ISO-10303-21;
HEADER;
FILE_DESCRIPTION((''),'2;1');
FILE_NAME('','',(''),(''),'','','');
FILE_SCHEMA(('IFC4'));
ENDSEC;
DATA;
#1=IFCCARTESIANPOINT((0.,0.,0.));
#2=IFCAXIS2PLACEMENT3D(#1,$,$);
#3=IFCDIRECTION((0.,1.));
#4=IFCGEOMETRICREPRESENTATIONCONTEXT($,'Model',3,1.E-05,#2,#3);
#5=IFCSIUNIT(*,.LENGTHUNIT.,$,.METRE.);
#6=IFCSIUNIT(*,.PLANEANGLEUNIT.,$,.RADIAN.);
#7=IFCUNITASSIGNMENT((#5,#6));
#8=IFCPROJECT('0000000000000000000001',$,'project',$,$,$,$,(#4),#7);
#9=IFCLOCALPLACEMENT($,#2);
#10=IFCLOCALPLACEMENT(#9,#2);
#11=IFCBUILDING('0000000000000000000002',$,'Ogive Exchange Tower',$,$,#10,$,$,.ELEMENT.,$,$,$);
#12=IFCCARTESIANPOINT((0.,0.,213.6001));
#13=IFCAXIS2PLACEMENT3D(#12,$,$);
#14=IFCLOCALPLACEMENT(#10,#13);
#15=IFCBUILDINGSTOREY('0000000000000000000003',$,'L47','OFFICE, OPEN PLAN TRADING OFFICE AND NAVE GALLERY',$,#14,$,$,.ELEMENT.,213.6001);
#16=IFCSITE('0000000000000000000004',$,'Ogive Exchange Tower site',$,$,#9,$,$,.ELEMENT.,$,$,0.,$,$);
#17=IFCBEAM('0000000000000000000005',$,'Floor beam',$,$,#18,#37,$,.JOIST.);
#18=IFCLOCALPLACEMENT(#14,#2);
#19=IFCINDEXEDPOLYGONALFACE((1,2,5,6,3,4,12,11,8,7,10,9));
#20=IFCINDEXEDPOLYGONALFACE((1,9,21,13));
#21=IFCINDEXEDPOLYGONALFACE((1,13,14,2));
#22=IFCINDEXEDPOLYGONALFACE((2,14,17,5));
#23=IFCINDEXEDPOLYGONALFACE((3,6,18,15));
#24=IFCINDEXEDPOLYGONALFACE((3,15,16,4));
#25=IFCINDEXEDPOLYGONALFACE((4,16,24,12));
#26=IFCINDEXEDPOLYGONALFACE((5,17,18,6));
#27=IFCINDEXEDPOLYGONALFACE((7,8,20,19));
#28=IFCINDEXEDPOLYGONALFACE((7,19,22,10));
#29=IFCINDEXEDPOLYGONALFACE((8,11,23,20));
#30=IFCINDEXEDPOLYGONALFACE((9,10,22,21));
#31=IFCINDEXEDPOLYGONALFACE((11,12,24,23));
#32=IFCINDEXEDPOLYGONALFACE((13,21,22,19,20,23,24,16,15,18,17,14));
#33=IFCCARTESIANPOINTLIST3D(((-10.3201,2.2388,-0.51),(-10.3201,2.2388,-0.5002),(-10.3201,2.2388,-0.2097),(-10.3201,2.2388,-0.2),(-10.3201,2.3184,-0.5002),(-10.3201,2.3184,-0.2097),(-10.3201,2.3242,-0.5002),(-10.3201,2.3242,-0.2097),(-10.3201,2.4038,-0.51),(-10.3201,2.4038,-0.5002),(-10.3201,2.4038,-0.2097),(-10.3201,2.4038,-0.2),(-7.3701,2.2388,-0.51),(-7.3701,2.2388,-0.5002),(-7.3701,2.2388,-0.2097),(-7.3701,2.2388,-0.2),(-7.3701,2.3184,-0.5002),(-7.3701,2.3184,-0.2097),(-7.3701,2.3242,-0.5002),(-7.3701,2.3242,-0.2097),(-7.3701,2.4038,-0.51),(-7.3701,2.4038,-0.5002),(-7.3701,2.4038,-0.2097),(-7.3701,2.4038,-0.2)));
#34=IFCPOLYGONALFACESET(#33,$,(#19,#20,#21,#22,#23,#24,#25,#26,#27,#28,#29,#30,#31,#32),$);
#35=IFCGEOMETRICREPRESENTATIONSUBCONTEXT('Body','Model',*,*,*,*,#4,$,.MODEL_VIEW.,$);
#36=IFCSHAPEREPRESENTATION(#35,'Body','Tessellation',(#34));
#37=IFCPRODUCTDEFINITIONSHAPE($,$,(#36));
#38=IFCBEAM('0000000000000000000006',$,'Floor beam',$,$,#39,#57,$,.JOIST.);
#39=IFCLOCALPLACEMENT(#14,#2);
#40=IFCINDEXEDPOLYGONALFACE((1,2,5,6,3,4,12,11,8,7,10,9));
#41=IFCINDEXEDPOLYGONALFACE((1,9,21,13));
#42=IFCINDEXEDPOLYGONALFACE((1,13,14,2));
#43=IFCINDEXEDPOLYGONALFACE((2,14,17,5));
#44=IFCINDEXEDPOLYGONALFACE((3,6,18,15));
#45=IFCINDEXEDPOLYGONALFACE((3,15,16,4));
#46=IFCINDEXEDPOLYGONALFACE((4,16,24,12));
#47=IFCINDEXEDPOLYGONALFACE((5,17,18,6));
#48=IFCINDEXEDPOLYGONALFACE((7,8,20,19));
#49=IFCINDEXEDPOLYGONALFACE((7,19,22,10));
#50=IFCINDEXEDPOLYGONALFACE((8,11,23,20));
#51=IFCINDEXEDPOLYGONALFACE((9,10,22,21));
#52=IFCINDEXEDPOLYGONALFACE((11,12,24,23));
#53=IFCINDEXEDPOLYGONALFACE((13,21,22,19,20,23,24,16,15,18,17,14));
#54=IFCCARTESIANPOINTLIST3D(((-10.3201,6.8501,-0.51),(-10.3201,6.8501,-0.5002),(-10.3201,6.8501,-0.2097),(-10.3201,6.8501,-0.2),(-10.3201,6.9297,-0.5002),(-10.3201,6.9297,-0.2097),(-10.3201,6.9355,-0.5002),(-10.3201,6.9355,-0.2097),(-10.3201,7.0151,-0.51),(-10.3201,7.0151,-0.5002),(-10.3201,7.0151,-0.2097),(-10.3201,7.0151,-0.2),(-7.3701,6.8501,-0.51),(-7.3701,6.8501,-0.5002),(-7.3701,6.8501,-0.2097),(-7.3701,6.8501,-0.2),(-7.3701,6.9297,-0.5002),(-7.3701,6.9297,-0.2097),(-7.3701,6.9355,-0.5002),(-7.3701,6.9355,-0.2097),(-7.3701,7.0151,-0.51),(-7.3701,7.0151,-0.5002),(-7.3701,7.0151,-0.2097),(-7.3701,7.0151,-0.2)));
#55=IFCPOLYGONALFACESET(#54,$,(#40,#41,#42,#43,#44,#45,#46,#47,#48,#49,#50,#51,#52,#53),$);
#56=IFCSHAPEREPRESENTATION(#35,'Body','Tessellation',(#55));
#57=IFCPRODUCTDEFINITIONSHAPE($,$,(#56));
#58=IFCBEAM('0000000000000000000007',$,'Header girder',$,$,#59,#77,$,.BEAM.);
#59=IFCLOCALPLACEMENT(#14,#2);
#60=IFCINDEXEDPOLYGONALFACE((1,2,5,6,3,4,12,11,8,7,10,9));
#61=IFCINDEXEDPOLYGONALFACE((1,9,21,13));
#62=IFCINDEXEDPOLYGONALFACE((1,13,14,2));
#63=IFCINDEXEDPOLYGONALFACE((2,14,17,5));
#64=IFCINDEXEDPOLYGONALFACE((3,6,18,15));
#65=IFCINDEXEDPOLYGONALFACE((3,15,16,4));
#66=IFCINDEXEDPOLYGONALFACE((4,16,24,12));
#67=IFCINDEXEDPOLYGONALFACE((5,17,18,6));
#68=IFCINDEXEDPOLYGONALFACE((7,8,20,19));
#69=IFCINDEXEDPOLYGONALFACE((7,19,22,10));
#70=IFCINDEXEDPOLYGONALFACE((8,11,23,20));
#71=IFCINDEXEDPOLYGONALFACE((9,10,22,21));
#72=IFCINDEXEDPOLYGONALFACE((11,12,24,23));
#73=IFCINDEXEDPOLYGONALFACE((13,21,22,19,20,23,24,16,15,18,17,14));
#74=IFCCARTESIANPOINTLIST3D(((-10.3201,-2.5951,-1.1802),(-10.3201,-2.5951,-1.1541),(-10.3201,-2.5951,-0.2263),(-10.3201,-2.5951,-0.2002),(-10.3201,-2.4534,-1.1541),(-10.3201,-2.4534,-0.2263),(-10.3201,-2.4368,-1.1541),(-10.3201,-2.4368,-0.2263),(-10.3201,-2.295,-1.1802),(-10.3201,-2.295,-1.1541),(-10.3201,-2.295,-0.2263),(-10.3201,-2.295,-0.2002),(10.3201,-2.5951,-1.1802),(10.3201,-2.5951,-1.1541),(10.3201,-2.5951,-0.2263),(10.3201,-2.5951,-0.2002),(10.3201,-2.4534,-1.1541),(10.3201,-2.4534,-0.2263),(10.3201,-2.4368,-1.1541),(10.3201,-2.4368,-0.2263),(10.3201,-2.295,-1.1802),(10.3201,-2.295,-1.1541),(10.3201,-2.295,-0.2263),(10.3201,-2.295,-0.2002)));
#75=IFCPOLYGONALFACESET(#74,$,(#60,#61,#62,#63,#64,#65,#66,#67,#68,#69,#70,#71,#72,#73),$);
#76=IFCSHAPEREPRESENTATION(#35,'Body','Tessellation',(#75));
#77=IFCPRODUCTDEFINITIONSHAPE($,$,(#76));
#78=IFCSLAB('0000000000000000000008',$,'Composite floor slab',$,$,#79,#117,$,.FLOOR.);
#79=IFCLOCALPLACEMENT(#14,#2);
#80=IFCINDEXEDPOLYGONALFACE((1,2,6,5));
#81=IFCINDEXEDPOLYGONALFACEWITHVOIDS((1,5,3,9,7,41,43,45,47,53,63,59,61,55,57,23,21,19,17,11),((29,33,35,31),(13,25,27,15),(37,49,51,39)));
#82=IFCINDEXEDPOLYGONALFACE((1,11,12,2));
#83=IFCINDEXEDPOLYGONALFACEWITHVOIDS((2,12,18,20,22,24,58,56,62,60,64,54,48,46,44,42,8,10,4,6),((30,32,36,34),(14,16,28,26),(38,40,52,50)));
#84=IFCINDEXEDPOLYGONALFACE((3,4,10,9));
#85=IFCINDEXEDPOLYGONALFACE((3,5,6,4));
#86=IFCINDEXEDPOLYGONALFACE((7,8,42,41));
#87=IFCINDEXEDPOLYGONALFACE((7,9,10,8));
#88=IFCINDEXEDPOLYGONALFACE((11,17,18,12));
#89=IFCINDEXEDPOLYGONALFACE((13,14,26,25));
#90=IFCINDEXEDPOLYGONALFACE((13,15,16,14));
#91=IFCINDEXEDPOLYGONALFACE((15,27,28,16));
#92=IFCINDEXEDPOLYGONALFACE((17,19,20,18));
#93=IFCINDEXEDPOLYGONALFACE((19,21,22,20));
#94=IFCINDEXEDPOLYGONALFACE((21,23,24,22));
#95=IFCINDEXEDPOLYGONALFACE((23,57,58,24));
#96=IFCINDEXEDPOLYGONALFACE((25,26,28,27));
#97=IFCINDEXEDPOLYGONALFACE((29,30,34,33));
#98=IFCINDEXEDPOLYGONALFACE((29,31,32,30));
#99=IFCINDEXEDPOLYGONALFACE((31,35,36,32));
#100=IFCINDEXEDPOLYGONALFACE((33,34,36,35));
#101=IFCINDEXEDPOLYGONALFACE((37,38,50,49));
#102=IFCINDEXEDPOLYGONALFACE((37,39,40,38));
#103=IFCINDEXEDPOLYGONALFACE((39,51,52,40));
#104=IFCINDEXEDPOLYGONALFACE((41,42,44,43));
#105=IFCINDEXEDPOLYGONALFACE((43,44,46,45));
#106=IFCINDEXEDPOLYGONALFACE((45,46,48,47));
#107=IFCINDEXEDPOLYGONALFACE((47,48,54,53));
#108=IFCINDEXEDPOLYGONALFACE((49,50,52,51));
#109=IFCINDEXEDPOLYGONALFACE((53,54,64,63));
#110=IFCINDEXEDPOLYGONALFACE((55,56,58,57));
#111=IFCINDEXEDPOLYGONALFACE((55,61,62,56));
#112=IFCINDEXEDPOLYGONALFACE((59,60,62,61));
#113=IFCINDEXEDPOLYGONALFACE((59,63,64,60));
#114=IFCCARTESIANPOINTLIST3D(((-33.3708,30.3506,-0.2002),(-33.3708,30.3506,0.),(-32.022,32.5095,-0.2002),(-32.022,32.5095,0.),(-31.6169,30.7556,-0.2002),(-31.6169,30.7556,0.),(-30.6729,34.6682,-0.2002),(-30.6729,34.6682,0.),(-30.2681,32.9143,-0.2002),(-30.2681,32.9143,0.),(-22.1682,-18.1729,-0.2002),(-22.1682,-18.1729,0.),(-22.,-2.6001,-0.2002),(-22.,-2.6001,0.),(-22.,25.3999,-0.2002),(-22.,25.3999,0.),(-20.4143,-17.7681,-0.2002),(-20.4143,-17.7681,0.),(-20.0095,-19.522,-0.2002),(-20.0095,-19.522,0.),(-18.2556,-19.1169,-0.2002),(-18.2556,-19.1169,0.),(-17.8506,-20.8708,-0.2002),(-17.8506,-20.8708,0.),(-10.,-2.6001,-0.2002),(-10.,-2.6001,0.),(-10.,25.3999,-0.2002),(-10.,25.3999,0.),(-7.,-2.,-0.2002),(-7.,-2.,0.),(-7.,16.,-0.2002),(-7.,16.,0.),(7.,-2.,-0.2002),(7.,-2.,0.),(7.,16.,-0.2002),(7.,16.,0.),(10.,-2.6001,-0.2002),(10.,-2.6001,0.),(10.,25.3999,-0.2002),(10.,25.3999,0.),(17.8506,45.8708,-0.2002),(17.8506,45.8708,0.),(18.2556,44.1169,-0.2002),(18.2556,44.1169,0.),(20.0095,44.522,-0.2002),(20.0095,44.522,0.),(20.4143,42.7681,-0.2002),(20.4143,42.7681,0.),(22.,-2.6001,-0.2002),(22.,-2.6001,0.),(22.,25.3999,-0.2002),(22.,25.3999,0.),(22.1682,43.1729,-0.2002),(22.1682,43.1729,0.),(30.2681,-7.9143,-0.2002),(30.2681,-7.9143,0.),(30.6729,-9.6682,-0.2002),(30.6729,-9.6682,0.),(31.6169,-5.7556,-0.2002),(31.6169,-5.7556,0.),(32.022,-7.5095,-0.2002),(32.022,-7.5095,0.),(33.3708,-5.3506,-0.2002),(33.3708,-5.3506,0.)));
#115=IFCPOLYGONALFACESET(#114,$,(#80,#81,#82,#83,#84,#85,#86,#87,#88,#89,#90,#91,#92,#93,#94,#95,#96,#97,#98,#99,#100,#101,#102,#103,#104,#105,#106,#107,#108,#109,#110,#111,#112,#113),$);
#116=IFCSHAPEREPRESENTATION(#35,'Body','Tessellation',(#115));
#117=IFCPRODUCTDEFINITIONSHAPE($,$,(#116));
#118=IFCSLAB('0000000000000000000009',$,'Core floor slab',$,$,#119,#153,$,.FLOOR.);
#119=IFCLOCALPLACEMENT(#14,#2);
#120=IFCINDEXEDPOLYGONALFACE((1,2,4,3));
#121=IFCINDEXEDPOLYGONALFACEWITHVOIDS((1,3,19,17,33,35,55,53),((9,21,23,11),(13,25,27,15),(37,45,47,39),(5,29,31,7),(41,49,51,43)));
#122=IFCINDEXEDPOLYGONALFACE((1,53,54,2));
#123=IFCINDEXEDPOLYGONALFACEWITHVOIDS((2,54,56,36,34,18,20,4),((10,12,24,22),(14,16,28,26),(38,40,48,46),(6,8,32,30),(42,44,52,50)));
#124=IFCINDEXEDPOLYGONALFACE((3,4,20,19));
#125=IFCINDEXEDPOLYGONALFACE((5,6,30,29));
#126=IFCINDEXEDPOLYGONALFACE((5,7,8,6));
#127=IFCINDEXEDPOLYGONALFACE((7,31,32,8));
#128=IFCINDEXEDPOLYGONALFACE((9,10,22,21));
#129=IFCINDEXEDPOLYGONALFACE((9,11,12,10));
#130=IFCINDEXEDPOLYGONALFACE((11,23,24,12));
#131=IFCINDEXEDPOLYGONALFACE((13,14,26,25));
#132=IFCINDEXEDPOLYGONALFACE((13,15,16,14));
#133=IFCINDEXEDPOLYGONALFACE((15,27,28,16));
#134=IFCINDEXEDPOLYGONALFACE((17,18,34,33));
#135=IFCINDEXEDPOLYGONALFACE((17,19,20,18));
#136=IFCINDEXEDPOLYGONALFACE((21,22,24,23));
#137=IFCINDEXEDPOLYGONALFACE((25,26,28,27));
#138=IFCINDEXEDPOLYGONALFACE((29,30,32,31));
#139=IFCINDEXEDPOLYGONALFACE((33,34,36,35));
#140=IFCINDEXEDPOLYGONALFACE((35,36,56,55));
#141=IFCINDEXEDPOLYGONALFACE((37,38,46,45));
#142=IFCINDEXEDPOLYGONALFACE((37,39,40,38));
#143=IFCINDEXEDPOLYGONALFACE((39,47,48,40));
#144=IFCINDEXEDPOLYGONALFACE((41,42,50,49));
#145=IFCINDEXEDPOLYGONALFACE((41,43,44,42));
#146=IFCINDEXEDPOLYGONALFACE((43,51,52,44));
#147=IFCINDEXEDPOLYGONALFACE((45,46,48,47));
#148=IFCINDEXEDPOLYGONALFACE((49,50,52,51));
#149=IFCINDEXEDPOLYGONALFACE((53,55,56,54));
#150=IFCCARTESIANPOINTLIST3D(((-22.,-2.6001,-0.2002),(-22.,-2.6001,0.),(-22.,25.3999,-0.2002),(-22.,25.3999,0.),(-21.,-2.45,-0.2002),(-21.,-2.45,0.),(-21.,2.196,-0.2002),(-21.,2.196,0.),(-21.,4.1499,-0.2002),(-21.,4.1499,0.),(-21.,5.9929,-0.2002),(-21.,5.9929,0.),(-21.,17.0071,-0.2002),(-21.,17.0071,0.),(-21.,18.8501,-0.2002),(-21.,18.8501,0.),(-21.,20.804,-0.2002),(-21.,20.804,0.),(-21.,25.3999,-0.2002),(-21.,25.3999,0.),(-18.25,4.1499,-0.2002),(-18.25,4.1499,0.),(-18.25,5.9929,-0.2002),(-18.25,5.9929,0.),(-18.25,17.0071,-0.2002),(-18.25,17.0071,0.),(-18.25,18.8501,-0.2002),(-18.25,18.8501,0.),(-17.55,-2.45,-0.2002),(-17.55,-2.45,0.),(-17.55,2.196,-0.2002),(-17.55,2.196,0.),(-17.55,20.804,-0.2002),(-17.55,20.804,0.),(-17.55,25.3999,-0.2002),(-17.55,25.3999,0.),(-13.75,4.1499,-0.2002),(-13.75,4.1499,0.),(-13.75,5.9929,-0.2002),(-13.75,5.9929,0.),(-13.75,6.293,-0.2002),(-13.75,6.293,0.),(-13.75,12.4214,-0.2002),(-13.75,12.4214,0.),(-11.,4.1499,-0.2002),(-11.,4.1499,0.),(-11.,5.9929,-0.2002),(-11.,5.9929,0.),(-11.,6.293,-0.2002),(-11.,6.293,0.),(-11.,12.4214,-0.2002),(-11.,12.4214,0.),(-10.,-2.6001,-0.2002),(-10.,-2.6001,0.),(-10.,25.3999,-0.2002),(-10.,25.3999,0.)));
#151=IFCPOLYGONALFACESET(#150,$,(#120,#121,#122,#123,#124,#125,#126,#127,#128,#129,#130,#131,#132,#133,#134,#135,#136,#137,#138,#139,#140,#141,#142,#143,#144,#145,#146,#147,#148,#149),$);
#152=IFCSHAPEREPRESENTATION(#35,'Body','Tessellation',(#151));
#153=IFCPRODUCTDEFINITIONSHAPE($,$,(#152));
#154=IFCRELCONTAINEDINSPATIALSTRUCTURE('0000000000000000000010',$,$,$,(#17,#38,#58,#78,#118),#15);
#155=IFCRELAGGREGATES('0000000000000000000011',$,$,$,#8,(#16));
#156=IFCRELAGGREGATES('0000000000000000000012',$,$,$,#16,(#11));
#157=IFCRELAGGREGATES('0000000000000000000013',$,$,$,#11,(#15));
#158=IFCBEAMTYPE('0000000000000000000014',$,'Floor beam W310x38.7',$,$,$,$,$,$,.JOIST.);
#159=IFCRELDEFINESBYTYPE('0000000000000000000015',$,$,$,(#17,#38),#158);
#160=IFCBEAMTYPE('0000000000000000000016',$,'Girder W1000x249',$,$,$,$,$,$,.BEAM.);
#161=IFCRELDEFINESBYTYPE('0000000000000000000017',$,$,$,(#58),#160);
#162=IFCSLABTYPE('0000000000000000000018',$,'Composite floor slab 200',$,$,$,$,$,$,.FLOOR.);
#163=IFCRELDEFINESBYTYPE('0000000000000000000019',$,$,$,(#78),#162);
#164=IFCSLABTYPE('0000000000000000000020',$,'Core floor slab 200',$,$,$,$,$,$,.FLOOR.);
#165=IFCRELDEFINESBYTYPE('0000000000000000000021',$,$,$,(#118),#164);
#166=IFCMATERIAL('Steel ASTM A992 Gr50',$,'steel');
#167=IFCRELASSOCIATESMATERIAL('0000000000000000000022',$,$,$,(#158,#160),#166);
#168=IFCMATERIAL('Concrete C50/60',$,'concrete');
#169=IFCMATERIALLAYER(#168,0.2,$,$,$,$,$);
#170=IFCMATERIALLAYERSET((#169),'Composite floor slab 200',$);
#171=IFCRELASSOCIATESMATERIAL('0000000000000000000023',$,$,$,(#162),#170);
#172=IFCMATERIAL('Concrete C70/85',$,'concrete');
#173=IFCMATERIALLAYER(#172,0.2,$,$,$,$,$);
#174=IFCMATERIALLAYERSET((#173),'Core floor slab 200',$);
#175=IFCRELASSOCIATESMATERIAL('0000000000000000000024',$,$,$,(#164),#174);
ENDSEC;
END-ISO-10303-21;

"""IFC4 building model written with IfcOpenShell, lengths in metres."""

from ifc_helpers import new_model, si_unit, direction, frame, origin, origin_2d, place, context, subcontext, project, spatial, polyline, i_section, outline, extrude, material, layer, layer_set, material_profile, profile_set, type_object, element, save


model = new_model("IFC4")

# Units and contexts
model_context = context("Model", 3, precision=1e-05, world=origin(), true_north=direction((0.0, 1.0)))
body_context = subcontext(model_context, "Body", "Model", "MODEL_VIEW")
ifc_project = project(units=[si_unit("LENGTHUNIT", "METRE"), si_unit("PLANEANGLEUNIT", "RADIAN")], contexts=[model_context])

# Site, building, storey
site_placement = place(None, origin())
site = spatial("IfcSite", under=ifc_project, at=site_placement, Name="Ogive Exchange Tower site", CompositionType="ELEMENT", RefElevation=0.0)
building_placement = place(site_placement, origin())
building = spatial("IfcBuilding", under=site, at=building_placement, Name="Ogive Exchange Tower", CompositionType="ELEMENT")
storey_placement = place(building_placement, frame((0.0, 0.0, 213.6001)))
storey = spatial("IfcBuildingStorey", under=building, at=storey_placement, Name="L47", Description="OFFICE, OPEN PLAN TRADING OFFICE AND NAVE GALLERY", CompositionType="ELEMENT", Elevation=213.6001)

# Beams
ifc_material_1 = material(Name="Steel ASTM A992 Gr50", Category="steel")
ifc_material_profile_1 = material_profile(ifc_material_1, i_section(OverallWidth=0.165, OverallDepth=0.3101, WebThickness=0.0059, FlangeThickness=0.0098, at=origin_2d()), Name="W310x38.7")
ifc_profile_set_1 = profile_set([ifc_material_profile_1], Name="Steel ASTM A992 Gr50")
beam_type_1 = type_object("IfcBeamType", Name="Floor beam W310x38.7", PredefinedType="JOIST", material=ifc_profile_set_1)
for number, where, z_axis, x_axis, name in (
    (1, (-10.3201, 2.3213, -0.355), (1.0, 0.0, 0.0), (0.0, 1.0, 0.0), "Floor beam"),
    (2, (-10.3201, 6.9326, -0.355), (1.0, 0.0, 0.0), (0.0, 1.0, 0.0), "Floor beam"),
):
    element("IfcBeam", number, at=place(storey_placement, frame(where, z_axis=z_axis, x_axis=x_axis)), inside=storey, type_object=beam_type_1, Name=name, PredefinedType="JOIST", context=body_context, shape_type="SweptSolid", body=[
        extrude(i_section(OverallWidth=0.165, OverallDepth=0.3101, WebThickness=0.0059, FlangeThickness=0.0098, at=origin_2d()), origin(), (0.0, 0.0, 1.0), 2.95),
    ])
ifc_material_profile_2 = material_profile(ifc_material_1, i_section(OverallWidth=0.3, OverallDepth=0.98, WebThickness=0.0166, FlangeThickness=0.0261, at=origin_2d()), Name="W1000x249")
ifc_profile_set_2 = profile_set([ifc_material_profile_2], Name="Steel ASTM A992 Gr50")
beam_type_2 = type_object("IfcBeamType", Name="Girder W1000x249", PredefinedType="BEAM", material=ifc_profile_set_2)
beam_placement = place(storey_placement, frame((-10.3201, -2.4451, -0.6902), z_axis=(1.0, 0.0, 0.0), x_axis=(0.0, 1.0, 0.0)))
element("IfcBeam", 3, at=beam_placement, inside=storey, type_object=beam_type_2, Name="Header girder", PredefinedType="BEAM", context=body_context, shape_type="SweptSolid", body=[
    extrude(i_section(OverallWidth=0.3, OverallDepth=0.98, WebThickness=0.0166, FlangeThickness=0.0261, at=origin_2d()), origin(), (0.0, 0.0, 1.0), 20.6401),
])

# Slabs
ifc_material_2 = material(Name="Concrete C50/60", Category="concrete")
ifc_layer_1 = layer(ifc_material_2, 0.2)
ifc_layer_set_1 = layer_set([ifc_layer_1], Name="Composite floor slab 200")
slab_type_1 = type_object("IfcSlabType", Name="Composite floor slab 200", PredefinedType="FLOOR", material=ifc_layer_set_1)
slab_1_placement = place(storey_placement, frame((0.0, 0.0, -0.2002)))
element("IfcSlab", 4, at=slab_1_placement, inside=storey, type_object=slab_type_1, Name="Composite floor slab", PredefinedType="FLOOR", context=body_context, shape_type="SweptSolid", body=[
    extrude(outline(polyline([(-18.2556, -19.1169), (-20.0095, -19.522), (-20.4143, -17.7681), (-22.1682, -18.1729), (-33.3708, 30.3506), (-31.6169, 30.7556), (-32.022, 32.5095), (-30.2681, 32.9143), (-30.6729, 34.6682), (17.8506, 45.8708), (18.2556, 44.1169), (20.0095, 44.522), (20.4143, 42.7681), (22.1682, 43.1729), (33.3708, -5.3506), (31.6169, -5.7556), (32.022, -7.5095), (30.2681, -7.9143), (30.6729, -9.6682), (-17.8506, -20.8708), (-18.2556, -19.1169)]), holes=[polyline([(7.0, -2.0), (7.0, 16.0), (-7.0, 16.0), (-7.0, -2.0), (7.0, -2.0)]), polyline([(-22.0, -2.6001), (-10.0, -2.6001), (-10.0, 25.3999), (-22.0, 25.3999), (-22.0, -2.6001)]), polyline([(10.0, -2.6001), (22.0, -2.6001), (22.0, 25.3999), (10.0, 25.3999), (10.0, -2.6001)])]), origin(), (0.0, 0.0, 1.0), 0.2002),
])
ifc_material_3 = material(Name="Concrete C70/85", Category="concrete")
ifc_layer_2 = layer(ifc_material_3, 0.2)
ifc_layer_set_2 = layer_set([ifc_layer_2], Name="Core floor slab 200")
slab_type_2 = type_object("IfcSlabType", Name="Core floor slab 200", PredefinedType="FLOOR", material=ifc_layer_set_2)
slab_2_placement = place(storey_placement, frame((0.0, 0.0, -0.2002)))
element("IfcSlab", 5, at=slab_2_placement, inside=storey, type_object=slab_type_2, Name="Core floor slab", PredefinedType="FLOOR", context=body_context, shape_type="SweptSolid", body=[
    extrude(outline(polyline([(-10.0, 25.3999), (-10.0, -2.6001), (-22.0, -2.6001), (-22.0, 25.3999), (-21.0, 25.3999), (-21.0, 20.804), (-17.55, 20.804), (-17.55, 25.3999), (-10.0, 25.3999)]), holes=[polyline([(-17.55, 2.196), (-21.0, 2.196), (-21.0, -2.45), (-17.55, -2.45), (-17.55, 2.196)]), polyline([(-18.25, 5.9929), (-21.0, 5.9929), (-21.0, 4.1499), (-18.25, 4.1499), (-18.25, 5.9929)]), polyline([(-11.0, 5.9929), (-13.75, 5.9929), (-13.75, 4.1499), (-11.0, 4.1499), (-11.0, 5.9929)]), polyline([(-13.75, 12.4214), (-13.75, 6.293), (-11.0, 6.293), (-11.0, 12.4214), (-13.75, 12.4214)]), polyline([(-18.25, 18.8501), (-21.0, 18.8501), (-21.0, 17.0071), (-18.25, 17.0071), (-18.25, 18.8501)])]), origin(), (0.0, 0.0, 1.0), 0.2002),
])

save(model, "model.ifc")
